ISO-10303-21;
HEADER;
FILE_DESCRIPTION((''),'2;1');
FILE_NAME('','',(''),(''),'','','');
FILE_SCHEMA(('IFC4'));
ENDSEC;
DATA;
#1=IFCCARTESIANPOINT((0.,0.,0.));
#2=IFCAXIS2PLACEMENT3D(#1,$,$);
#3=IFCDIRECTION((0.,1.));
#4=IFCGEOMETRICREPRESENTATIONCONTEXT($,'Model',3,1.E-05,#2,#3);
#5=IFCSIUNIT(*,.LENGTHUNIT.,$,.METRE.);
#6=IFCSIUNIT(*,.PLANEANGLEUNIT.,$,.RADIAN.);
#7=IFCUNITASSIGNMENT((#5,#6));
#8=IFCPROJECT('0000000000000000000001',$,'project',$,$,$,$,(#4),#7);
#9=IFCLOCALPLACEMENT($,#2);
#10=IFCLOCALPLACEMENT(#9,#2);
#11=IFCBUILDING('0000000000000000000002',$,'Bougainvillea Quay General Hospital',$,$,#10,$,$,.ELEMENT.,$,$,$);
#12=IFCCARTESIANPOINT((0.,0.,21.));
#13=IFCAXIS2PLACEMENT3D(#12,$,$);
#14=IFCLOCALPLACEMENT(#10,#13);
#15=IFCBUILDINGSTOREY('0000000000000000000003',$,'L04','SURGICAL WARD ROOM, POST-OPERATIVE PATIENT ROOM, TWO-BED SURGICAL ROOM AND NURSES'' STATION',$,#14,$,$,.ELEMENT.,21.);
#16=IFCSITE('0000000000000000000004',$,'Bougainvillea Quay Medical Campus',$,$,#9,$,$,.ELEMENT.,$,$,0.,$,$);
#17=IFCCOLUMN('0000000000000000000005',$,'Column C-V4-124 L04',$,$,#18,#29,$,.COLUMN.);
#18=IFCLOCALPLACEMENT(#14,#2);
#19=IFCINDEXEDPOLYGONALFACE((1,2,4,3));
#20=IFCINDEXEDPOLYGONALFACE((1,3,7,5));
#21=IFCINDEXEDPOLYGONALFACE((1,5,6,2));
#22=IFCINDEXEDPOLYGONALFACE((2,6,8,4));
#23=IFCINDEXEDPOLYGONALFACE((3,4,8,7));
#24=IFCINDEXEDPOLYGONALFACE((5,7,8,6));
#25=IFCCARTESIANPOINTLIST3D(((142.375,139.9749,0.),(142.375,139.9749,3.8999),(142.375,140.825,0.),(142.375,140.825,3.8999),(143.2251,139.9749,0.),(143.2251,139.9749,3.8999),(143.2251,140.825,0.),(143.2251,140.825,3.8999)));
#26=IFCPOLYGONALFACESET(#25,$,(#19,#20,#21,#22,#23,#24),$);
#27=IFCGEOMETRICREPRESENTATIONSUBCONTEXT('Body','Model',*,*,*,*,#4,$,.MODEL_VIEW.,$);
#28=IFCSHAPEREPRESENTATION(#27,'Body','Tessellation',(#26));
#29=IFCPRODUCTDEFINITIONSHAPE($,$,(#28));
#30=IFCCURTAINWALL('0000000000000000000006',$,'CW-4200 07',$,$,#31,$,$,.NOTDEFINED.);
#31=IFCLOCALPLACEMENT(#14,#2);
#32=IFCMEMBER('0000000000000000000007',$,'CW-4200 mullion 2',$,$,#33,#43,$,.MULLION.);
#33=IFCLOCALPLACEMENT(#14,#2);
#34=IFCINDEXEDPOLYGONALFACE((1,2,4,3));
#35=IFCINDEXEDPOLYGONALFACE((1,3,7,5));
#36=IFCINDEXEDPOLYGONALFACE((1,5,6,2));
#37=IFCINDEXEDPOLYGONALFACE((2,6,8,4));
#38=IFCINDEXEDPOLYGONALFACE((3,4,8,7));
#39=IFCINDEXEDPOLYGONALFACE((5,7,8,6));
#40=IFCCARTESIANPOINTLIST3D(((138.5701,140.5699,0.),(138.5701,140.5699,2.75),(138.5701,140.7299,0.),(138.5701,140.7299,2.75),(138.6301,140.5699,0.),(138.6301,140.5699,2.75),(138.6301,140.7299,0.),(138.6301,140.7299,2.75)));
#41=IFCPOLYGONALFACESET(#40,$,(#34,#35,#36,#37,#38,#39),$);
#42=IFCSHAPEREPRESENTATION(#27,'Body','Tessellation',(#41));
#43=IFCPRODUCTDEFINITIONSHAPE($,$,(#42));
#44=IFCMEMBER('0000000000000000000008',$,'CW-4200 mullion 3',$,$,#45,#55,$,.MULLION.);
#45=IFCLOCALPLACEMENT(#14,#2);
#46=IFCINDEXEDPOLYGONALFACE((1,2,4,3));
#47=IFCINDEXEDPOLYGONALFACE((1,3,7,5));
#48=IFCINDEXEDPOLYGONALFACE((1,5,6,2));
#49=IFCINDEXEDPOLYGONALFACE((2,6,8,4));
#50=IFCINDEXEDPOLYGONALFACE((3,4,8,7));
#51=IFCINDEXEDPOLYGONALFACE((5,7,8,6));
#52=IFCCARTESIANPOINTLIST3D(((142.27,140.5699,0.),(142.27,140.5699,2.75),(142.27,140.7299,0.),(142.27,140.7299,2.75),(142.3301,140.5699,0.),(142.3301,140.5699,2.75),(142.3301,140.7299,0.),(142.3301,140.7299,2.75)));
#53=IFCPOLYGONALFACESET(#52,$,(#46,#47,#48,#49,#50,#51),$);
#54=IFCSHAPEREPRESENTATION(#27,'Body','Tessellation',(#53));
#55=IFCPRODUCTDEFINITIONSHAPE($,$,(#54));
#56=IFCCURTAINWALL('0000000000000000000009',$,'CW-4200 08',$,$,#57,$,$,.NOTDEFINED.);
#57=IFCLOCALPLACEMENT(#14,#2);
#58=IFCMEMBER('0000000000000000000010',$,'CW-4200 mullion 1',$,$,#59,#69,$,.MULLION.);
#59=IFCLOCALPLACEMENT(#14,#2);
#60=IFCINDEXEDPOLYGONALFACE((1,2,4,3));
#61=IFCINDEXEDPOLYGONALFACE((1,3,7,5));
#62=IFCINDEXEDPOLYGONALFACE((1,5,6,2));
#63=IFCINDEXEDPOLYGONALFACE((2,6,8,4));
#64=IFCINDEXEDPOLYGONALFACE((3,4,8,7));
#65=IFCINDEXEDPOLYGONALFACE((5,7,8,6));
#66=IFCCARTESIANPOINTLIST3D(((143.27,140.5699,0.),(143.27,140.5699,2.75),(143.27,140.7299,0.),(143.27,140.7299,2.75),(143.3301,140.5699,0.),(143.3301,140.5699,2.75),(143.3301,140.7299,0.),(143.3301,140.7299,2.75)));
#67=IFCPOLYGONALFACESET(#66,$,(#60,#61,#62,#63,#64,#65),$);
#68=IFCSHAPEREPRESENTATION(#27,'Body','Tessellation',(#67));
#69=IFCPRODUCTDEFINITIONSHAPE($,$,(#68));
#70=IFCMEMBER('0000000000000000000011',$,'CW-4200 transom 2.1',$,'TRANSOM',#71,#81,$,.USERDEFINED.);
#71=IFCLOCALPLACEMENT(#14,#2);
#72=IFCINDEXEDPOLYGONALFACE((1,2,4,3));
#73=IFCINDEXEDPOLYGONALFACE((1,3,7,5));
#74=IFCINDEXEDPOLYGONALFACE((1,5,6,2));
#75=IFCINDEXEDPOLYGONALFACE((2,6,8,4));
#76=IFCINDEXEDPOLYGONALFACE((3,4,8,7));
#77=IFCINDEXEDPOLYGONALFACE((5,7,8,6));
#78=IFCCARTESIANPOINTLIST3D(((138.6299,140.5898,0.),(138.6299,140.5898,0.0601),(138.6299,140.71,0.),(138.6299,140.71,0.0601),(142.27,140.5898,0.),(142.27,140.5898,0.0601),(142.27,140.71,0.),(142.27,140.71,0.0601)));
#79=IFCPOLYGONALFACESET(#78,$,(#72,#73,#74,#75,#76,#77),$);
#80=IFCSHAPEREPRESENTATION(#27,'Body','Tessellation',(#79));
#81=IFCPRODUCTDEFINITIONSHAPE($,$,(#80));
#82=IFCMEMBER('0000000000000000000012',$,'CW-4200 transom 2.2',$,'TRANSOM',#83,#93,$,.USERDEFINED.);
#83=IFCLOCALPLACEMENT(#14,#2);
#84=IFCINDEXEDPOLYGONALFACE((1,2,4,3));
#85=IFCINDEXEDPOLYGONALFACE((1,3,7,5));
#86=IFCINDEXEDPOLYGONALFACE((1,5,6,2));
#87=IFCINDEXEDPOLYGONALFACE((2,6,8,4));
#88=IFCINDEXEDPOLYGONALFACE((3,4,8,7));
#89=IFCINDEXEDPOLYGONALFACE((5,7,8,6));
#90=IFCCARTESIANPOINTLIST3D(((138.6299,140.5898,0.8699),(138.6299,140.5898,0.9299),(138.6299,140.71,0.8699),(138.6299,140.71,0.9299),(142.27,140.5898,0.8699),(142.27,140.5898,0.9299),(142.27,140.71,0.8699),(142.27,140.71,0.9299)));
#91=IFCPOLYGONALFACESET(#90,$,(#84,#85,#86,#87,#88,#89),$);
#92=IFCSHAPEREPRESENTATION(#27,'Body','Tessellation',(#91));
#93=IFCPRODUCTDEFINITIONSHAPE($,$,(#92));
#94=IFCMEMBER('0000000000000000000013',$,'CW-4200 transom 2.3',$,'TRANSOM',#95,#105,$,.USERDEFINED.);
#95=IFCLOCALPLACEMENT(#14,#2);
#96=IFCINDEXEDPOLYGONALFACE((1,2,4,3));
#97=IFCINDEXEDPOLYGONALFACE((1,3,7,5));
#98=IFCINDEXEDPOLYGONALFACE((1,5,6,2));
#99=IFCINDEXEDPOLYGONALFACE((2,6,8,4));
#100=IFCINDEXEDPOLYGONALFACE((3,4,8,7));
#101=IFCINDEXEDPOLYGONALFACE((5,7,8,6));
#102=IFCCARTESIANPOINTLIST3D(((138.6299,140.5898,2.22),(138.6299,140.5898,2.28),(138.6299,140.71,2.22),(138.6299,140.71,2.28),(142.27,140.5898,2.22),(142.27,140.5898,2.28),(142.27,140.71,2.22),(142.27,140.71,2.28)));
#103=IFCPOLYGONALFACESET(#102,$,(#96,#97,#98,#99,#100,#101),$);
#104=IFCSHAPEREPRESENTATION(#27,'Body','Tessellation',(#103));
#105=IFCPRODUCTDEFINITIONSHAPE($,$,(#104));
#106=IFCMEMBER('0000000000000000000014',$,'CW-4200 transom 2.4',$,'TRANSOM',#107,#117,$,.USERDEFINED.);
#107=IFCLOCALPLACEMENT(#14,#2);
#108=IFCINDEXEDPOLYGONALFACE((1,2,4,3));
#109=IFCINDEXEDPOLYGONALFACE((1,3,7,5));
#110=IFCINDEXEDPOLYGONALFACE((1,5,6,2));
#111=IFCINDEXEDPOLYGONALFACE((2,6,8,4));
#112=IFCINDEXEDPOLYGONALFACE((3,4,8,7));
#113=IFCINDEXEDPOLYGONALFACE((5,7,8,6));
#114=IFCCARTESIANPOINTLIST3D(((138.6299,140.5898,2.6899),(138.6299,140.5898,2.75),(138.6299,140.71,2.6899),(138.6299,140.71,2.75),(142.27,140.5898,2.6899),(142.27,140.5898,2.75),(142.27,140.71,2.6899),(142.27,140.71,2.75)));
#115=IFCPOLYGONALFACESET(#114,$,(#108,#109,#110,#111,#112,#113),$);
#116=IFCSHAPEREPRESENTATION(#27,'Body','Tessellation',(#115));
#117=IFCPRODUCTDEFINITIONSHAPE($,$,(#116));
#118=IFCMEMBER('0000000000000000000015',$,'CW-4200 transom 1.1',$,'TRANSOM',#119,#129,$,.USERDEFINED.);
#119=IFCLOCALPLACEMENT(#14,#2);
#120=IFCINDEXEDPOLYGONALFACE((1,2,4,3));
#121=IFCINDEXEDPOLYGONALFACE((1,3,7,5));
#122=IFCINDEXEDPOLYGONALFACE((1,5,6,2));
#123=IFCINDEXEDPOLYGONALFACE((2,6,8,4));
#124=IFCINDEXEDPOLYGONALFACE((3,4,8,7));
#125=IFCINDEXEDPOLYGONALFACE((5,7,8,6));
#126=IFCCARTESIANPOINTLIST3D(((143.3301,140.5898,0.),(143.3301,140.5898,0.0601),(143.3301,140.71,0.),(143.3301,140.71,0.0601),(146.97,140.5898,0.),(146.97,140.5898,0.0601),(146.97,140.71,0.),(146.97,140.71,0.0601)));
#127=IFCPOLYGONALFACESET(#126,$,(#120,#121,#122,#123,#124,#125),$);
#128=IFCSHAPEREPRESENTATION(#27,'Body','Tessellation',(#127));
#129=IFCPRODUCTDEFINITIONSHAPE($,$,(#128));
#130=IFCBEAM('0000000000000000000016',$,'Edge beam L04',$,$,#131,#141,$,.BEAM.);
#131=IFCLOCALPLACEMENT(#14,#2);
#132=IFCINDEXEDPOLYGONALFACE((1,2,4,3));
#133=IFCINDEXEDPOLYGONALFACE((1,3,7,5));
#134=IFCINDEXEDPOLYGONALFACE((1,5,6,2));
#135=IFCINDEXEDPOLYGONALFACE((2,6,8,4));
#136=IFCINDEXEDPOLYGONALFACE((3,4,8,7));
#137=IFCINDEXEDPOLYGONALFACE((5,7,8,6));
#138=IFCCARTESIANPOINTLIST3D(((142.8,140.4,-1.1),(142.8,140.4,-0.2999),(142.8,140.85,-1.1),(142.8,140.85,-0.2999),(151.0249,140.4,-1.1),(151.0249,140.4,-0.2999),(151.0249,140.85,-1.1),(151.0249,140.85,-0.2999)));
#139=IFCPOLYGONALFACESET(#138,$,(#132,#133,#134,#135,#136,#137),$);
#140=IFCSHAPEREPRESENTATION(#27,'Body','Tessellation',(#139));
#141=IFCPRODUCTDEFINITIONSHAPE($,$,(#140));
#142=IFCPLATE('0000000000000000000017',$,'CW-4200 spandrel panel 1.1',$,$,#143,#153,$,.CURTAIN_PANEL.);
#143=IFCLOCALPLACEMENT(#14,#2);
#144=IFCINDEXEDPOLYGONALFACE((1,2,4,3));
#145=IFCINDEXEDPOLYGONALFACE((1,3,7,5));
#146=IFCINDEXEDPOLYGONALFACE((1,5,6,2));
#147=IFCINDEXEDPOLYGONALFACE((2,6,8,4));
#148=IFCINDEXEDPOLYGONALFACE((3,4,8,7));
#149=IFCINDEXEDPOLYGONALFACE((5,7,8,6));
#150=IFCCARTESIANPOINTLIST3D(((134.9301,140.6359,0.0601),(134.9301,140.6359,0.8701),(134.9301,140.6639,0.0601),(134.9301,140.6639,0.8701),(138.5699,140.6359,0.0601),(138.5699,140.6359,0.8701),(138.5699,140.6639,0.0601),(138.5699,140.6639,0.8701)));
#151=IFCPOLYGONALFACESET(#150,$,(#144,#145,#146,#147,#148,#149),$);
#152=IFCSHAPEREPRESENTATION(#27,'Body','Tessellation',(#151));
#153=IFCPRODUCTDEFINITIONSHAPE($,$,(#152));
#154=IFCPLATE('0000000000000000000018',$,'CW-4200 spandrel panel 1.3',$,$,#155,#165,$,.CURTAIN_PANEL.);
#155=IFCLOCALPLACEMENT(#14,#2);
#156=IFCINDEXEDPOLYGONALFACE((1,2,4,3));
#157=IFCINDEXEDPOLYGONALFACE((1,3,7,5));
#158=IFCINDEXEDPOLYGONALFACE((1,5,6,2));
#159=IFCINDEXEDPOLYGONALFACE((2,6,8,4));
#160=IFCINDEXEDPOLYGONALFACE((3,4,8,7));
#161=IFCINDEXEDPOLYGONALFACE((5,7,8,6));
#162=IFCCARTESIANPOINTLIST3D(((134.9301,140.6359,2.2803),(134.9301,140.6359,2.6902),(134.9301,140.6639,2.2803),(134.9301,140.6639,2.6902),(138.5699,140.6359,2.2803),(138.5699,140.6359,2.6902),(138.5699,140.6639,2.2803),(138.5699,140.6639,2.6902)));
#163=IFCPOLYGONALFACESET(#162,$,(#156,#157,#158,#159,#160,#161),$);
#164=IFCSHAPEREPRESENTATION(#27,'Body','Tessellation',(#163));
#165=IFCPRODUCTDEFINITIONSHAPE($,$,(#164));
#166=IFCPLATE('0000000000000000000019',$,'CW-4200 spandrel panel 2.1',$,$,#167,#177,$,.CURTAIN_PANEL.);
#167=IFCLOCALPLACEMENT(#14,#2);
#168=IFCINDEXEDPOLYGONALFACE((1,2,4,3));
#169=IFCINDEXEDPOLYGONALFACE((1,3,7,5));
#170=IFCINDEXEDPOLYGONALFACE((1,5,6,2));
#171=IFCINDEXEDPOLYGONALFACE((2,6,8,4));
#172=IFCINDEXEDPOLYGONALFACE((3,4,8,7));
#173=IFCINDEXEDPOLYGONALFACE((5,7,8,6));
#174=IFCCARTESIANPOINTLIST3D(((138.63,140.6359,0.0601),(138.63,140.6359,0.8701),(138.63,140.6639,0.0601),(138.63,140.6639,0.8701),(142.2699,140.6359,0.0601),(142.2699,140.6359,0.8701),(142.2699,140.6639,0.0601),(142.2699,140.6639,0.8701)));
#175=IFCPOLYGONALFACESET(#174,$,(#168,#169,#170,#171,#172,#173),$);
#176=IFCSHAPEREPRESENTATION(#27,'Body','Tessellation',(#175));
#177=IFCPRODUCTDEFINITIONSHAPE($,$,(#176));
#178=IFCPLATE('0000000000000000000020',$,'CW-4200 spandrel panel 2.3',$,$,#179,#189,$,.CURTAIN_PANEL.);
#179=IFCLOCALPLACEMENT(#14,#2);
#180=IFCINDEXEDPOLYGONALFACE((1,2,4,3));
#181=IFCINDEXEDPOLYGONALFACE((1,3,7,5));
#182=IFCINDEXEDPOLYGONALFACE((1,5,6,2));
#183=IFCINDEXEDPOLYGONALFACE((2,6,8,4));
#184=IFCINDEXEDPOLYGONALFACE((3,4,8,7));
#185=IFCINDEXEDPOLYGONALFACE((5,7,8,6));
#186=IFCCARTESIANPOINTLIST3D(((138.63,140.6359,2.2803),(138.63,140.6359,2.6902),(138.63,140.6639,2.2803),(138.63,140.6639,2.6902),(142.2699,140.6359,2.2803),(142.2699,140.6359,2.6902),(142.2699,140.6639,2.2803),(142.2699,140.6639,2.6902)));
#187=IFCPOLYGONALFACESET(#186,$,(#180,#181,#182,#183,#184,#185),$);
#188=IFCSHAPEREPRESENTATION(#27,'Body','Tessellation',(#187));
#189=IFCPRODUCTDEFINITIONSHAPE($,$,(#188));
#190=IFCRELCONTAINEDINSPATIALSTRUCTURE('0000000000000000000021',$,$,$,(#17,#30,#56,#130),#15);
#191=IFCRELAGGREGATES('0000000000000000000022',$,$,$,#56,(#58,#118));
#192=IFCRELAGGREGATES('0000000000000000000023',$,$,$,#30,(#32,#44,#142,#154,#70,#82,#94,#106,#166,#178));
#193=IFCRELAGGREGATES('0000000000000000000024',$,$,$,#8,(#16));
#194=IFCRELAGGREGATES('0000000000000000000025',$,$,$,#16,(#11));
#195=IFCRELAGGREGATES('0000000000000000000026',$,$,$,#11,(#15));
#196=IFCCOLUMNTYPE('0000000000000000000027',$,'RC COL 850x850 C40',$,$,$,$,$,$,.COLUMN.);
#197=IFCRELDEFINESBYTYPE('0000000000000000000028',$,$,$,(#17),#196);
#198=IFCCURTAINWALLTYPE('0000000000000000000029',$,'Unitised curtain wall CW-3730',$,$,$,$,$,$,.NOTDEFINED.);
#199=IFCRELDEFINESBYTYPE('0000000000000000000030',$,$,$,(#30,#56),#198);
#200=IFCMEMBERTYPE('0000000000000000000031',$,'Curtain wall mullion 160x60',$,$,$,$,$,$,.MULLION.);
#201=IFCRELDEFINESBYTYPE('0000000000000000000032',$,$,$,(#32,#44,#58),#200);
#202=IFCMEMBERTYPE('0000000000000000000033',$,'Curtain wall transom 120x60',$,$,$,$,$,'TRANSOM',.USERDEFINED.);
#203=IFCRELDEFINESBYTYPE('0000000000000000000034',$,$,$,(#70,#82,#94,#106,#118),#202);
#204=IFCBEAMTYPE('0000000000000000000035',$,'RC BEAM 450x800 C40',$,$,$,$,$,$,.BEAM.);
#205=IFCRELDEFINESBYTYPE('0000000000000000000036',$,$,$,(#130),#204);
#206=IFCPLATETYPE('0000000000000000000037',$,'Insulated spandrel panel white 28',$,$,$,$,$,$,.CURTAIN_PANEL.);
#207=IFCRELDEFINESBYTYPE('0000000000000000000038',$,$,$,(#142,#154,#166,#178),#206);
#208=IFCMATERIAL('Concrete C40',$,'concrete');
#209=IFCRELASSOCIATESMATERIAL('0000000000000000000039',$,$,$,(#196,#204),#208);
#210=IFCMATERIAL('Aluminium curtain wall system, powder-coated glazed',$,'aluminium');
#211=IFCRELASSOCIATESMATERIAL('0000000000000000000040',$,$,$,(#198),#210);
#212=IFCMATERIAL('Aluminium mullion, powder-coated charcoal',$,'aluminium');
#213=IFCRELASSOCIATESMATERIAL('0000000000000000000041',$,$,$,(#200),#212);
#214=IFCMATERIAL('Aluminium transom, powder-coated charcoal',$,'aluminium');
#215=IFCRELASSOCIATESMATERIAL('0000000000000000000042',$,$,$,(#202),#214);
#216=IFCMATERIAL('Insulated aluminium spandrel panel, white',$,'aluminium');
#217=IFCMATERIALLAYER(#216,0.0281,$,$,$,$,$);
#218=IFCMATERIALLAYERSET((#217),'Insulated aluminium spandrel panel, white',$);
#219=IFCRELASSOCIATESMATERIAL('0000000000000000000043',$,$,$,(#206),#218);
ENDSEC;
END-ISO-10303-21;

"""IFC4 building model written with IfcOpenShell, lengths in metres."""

from ifc_helpers import new_model, si_unit, direction, frame, origin, origin_2d, place, context, subcontext, project, spatial, rectangle, extrude, material, layer, layer_set, material_profile, profile_set, type_object, element, aggregate, save


model = new_model("IFC4")

# Units and contexts
model_context = context("Model", 3, precision=1e-05, world=origin(), true_north=direction((0.0, 1.0)))
body_context = subcontext(model_context, "Body", "Model", "MODEL_VIEW")
ifc_project = project(units=[si_unit("LENGTHUNIT", "METRE"), si_unit("PLANEANGLEUNIT", "RADIAN")], contexts=[model_context])

# Site, building, storey
site_placement = place(None, origin())
site = spatial("IfcSite", under=ifc_project, at=site_placement, Name="Bougainvillea Quay Medical Campus", CompositionType="ELEMENT", RefElevation=0.0)
building_placement = place(site_placement, origin())
building = spatial("IfcBuilding", under=site, at=building_placement, Name="Bougainvillea Quay General Hospital", CompositionType="ELEMENT")
storey_placement = place(building_placement, frame((0.0, 0.0, 21.0)))
storey = spatial("IfcBuildingStorey", under=building, at=storey_placement, Name="L04", Description="SURGICAL WARD ROOM, POST-OPERATIVE PATIENT ROOM, TWO-BED SURGICAL ROOM AND NURSES' STATION", CompositionType="ELEMENT", Elevation=21.0)

# Column
ifc_material_1 = material(Name="Concrete C40", Category="concrete")
ifc_material_profile_1 = material_profile(ifc_material_1, rectangle(XDim=0.8501, YDim=0.8501, at=origin_2d()))
ifc_profile_set_1 = profile_set([ifc_material_profile_1], Name="Concrete C40")
column_type = type_object("IfcColumnType", Name="RC COL 850x850 C40", PredefinedType="COLUMN", material=ifc_profile_set_1)
column_placement = place(storey_placement, frame((142.8, 140.3999, 0.0), z_axis=(0.0, 0.0, 1.0), x_axis=(1.0, 0.0, 0.0)))
element("IfcColumn", 1, at=column_placement, inside=storey, type_object=column_type, Name="Column C-V4-124 L04", PredefinedType="COLUMN", context=body_context, shape_type="SweptSolid", body=[
    extrude(rectangle(XDim=0.8501, YDim=0.8501, at=origin_2d()), origin(), (0.0, 0.0, 1.0), 3.8999),
])

# Curtain wall, members
ifc_material_2 = material(Name="Aluminium curtain wall system, powder-coated glazed", Category="aluminium")
curtain_wall_type = type_object("IfcCurtainWallType", Name="Unitised curtain wall CW-3730", PredefinedType="NOTDEFINED", material=ifc_material_2)
curtain_wall_1_placement = place(storey_placement, origin())
curtain_wall_1 = element("IfcCurtainWall", 2, at=curtain_wall_1_placement, inside=storey, type_object=curtain_wall_type, Name="CW-4200 07", PredefinedType="NOTDEFINED")
ifc_material_3 = material(Name="Aluminium mullion, powder-coated charcoal", Category="aluminium")
ifc_material_profile_2 = material_profile(ifc_material_3, rectangle(XDim=0.1599, YDim=0.0601, at=origin_2d()))
ifc_profile_set_2 = profile_set([ifc_material_profile_2], Name="Aluminium mullion, powder-coated charcoal")
member_type_1 = type_object("IfcMemberType", Name="Curtain wall mullion 160x60", PredefinedType="MULLION", material=ifc_profile_set_2)
member_1_placement = place(storey_placement, frame((138.6001, 140.6499, 0.0), z_axis=(0.0, 0.0, 1.0), x_axis=(0.0, 1.0, 0.0)))
member_1 = element("IfcMember", 3, at=member_1_placement, type_object=member_type_1, Name="CW-4200 mullion 2", PredefinedType="MULLION", context=body_context, shape_type="SweptSolid", body=[
    extrude(rectangle(XDim=0.1599, YDim=0.0601, at=origin_2d()), origin(), (0.0, 0.0, 1.0), 2.75),
])
member_2_placement = place(storey_placement, frame((142.3, 140.6499, 0.0), z_axis=(0.0, 0.0, 1.0), x_axis=(0.0, 1.0, 0.0)))
member_2 = element("IfcMember", 4, at=member_2_placement, type_object=member_type_1, Name="CW-4200 mullion 3", PredefinedType="MULLION", context=body_context, shape_type="SweptSolid", body=[
    extrude(rectangle(XDim=0.1599, YDim=0.0601, at=origin_2d()), origin(), (0.0, 0.0, 1.0), 2.75),
])

# Curtain wall, member
curtain_wall_2_placement = place(storey_placement, origin())
curtain_wall_2 = element("IfcCurtainWall", 5, at=curtain_wall_2_placement, inside=storey, type_object=curtain_wall_type, Name="CW-4200 08", PredefinedType="NOTDEFINED")
member_3_placement = place(storey_placement, frame((143.3, 140.6499, 0.0), z_axis=(0.0, 0.0, 1.0), x_axis=(0.0, 1.0, 0.0)))
member_3 = element("IfcMember", 6, at=member_3_placement, type_object=member_type_1, Name="CW-4200 mullion 1", PredefinedType="MULLION", context=body_context, shape_type="SweptSolid", body=[
    extrude(rectangle(XDim=0.1599, YDim=0.0601, at=origin_2d()), origin(), (0.0, 0.0, 1.0), 2.75),
])

# Members
ifc_material_4 = material(Name="Aluminium transom, powder-coated charcoal", Category="aluminium")
ifc_material_profile_3 = material_profile(ifc_material_4, rectangle(XDim=0.1201, YDim=0.0601, at=origin_2d()))
ifc_profile_set_3 = profile_set([ifc_material_profile_3], Name="Aluminium transom, powder-coated charcoal")
member_type_2 = type_object("IfcMemberType", Name="Curtain wall transom 120x60", ElementType="TRANSOM", PredefinedType="USERDEFINED", material=ifc_profile_set_3)
member_4_placement = place(storey_placement, frame((138.6299, 140.6499, 0.03), z_axis=(1.0, 0.0, 0.0), x_axis=(0.0, 1.0, 0.0)))
member_4 = element("IfcMember", 7, at=member_4_placement, type_object=member_type_2, Name="CW-4200 transom 2.1", ObjectType="TRANSOM", PredefinedType="USERDEFINED", context=body_context, shape_type="SweptSolid", body=[
    extrude(rectangle(XDim=0.1201, YDim=0.0601, at=origin_2d()), origin(), (0.0, 0.0, 1.0), 3.6401),
])
member_5_placement = place(storey_placement, frame((138.6299, 140.6499, 0.8999), z_axis=(1.0, 0.0, 0.0), x_axis=(0.0, 1.0, 0.0)))
member_5 = element("IfcMember", 8, at=member_5_placement, type_object=member_type_2, Name="CW-4200 transom 2.2", ObjectType="TRANSOM", PredefinedType="USERDEFINED", context=body_context, shape_type="SweptSolid", body=[
    extrude(rectangle(XDim=0.1201, YDim=0.0601, at=origin_2d()), origin(), (0.0, 0.0, 1.0), 3.6401),
])
member_6_placement = place(storey_placement, frame((138.6299, 140.6499, 2.25), z_axis=(1.0, 0.0, 0.0), x_axis=(0.0, 1.0, 0.0)))
member_6 = element("IfcMember", 9, at=member_6_placement, type_object=member_type_2, Name="CW-4200 transom 2.3", ObjectType="TRANSOM", PredefinedType="USERDEFINED", context=body_context, shape_type="SweptSolid", body=[
    extrude(rectangle(XDim=0.1201, YDim=0.0601, at=origin_2d()), origin(), (0.0, 0.0, 1.0), 3.6401),
])
member_7_placement = place(storey_placement, frame((138.6299, 140.6499, 2.72), z_axis=(1.0, 0.0, 0.0), x_axis=(0.0, 1.0, 0.0)))
member_7 = element("IfcMember", 10, at=member_7_placement, type_object=member_type_2, Name="CW-4200 transom 2.4", ObjectType="TRANSOM", PredefinedType="USERDEFINED", context=body_context, shape_type="SweptSolid", body=[
    extrude(rectangle(XDim=0.1201, YDim=0.0601, at=origin_2d()), origin(), (0.0, 0.0, 1.0), 3.6401),
])
member_8_placement = place(storey_placement, frame((143.3301, 140.6499, 0.03), z_axis=(1.0, 0.0, 0.0), x_axis=(0.0, 1.0, 0.0)))
member_8 = element("IfcMember", 11, at=member_8_placement, type_object=member_type_2, Name="CW-4200 transom 1.1", ObjectType="TRANSOM", PredefinedType="USERDEFINED", context=body_context, shape_type="SweptSolid", body=[
    extrude(rectangle(XDim=0.1201, YDim=0.0601, at=origin_2d()), origin(), (0.0, 0.0, 1.0), 3.6399),
])
aggregate(curtain_wall_2, [member_3, member_8])

# Beam
ifc_material_profile_4 = material_profile(ifc_material_1, rectangle(XDim=0.45, YDim=0.8, at=origin_2d()))
ifc_profile_set_4 = profile_set([ifc_material_profile_4], Name="Concrete C40")
beam_type = type_object("IfcBeamType", Name="RC BEAM 450x800 C40", PredefinedType="BEAM", material=ifc_profile_set_4)
beam_placement = place(storey_placement, frame((142.8, 140.625, -0.7), z_axis=(1.0, 0.0, 0.0), x_axis=(0.0, 1.0, 0.0)))
element("IfcBeam", 12, at=beam_placement, inside=storey, type_object=beam_type, Name="Edge beam L04", PredefinedType="BEAM", context=body_context, shape_type="SweptSolid", body=[
    extrude(rectangle(XDim=0.45, YDim=0.8, at=origin_2d()), origin(), (0.0, 0.0, 1.0), 8.2249),
])

# Plates
ifc_material_5 = material(Name="Insulated aluminium spandrel panel, white", Category="aluminium")
ifc_layer_1 = layer(ifc_material_5, 0.0281)
ifc_layer_set_1 = layer_set([ifc_layer_1], Name="Insulated aluminium spandrel panel, white")
plate_type_1 = type_object("IfcPlateType", Name="Insulated spandrel panel white 28", PredefinedType="CURTAIN_PANEL", material=ifc_layer_set_1)
plate_1_placement = place(storey_placement, frame((136.75, 140.6499, 0.0601), z_axis=(0.0, 0.0, 1.0), x_axis=(1.0, 0.0, 0.0)))
plate_1 = element("IfcPlate", 13, at=plate_1_placement, type_object=plate_type_1, Name="CW-4200 spandrel panel 1.1", PredefinedType="CURTAIN_PANEL", context=body_context, shape_type="SweptSolid", body=[
    extrude(rectangle(XDim=3.6399, YDim=0.0281, at=origin_2d()), origin(), (0.0, 0.0, 1.0), 0.8101),
])
plate_2_placement = place(storey_placement, frame((136.75, 140.6499, 2.2803), z_axis=(0.0, 0.0, 1.0), x_axis=(1.0, 0.0, 0.0)))
plate_2 = element("IfcPlate", 14, at=plate_2_placement, type_object=plate_type_1, Name="CW-4200 spandrel panel 1.3", PredefinedType="CURTAIN_PANEL", context=body_context, shape_type="SweptSolid", body=[
    extrude(rectangle(XDim=3.6399, YDim=0.0281, at=origin_2d()), origin(), (0.0, 0.0, 1.0), 0.4099),
])
plate_3_placement = place(storey_placement, frame((140.45, 140.6499, 0.0601), z_axis=(0.0, 0.0, 1.0), x_axis=(1.0, 0.0, 0.0)))
plate_3 = element("IfcPlate", 15, at=plate_3_placement, type_object=plate_type_1, Name="CW-4200 spandrel panel 2.1", PredefinedType="CURTAIN_PANEL", context=body_context, shape_type="SweptSolid", body=[
    extrude(rectangle(XDim=3.6399, YDim=0.0281, at=origin_2d()), origin(), (0.0, 0.0, 1.0), 0.8101),
])
plate_4_placement = place(storey_placement, frame((140.45, 140.6499, 2.2803), z_axis=(0.0, 0.0, 1.0), x_axis=(1.0, 0.0, 0.0)))
plate_4 = element("IfcPlate", 16, at=plate_4_placement, type_object=plate_type_1, Name="CW-4200 spandrel panel 2.3", PredefinedType="CURTAIN_PANEL", context=body_context, shape_type="SweptSolid", body=[
    extrude(rectangle(XDim=3.6399, YDim=0.0281, at=origin_2d()), origin(), (0.0, 0.0, 1.0), 0.4099),
])
aggregate(curtain_wall_1, [member_1, member_2, plate_1, plate_2, member_4, member_5, member_6, member_7, plate_3, plate_4])

save(model, "model.ifc")
